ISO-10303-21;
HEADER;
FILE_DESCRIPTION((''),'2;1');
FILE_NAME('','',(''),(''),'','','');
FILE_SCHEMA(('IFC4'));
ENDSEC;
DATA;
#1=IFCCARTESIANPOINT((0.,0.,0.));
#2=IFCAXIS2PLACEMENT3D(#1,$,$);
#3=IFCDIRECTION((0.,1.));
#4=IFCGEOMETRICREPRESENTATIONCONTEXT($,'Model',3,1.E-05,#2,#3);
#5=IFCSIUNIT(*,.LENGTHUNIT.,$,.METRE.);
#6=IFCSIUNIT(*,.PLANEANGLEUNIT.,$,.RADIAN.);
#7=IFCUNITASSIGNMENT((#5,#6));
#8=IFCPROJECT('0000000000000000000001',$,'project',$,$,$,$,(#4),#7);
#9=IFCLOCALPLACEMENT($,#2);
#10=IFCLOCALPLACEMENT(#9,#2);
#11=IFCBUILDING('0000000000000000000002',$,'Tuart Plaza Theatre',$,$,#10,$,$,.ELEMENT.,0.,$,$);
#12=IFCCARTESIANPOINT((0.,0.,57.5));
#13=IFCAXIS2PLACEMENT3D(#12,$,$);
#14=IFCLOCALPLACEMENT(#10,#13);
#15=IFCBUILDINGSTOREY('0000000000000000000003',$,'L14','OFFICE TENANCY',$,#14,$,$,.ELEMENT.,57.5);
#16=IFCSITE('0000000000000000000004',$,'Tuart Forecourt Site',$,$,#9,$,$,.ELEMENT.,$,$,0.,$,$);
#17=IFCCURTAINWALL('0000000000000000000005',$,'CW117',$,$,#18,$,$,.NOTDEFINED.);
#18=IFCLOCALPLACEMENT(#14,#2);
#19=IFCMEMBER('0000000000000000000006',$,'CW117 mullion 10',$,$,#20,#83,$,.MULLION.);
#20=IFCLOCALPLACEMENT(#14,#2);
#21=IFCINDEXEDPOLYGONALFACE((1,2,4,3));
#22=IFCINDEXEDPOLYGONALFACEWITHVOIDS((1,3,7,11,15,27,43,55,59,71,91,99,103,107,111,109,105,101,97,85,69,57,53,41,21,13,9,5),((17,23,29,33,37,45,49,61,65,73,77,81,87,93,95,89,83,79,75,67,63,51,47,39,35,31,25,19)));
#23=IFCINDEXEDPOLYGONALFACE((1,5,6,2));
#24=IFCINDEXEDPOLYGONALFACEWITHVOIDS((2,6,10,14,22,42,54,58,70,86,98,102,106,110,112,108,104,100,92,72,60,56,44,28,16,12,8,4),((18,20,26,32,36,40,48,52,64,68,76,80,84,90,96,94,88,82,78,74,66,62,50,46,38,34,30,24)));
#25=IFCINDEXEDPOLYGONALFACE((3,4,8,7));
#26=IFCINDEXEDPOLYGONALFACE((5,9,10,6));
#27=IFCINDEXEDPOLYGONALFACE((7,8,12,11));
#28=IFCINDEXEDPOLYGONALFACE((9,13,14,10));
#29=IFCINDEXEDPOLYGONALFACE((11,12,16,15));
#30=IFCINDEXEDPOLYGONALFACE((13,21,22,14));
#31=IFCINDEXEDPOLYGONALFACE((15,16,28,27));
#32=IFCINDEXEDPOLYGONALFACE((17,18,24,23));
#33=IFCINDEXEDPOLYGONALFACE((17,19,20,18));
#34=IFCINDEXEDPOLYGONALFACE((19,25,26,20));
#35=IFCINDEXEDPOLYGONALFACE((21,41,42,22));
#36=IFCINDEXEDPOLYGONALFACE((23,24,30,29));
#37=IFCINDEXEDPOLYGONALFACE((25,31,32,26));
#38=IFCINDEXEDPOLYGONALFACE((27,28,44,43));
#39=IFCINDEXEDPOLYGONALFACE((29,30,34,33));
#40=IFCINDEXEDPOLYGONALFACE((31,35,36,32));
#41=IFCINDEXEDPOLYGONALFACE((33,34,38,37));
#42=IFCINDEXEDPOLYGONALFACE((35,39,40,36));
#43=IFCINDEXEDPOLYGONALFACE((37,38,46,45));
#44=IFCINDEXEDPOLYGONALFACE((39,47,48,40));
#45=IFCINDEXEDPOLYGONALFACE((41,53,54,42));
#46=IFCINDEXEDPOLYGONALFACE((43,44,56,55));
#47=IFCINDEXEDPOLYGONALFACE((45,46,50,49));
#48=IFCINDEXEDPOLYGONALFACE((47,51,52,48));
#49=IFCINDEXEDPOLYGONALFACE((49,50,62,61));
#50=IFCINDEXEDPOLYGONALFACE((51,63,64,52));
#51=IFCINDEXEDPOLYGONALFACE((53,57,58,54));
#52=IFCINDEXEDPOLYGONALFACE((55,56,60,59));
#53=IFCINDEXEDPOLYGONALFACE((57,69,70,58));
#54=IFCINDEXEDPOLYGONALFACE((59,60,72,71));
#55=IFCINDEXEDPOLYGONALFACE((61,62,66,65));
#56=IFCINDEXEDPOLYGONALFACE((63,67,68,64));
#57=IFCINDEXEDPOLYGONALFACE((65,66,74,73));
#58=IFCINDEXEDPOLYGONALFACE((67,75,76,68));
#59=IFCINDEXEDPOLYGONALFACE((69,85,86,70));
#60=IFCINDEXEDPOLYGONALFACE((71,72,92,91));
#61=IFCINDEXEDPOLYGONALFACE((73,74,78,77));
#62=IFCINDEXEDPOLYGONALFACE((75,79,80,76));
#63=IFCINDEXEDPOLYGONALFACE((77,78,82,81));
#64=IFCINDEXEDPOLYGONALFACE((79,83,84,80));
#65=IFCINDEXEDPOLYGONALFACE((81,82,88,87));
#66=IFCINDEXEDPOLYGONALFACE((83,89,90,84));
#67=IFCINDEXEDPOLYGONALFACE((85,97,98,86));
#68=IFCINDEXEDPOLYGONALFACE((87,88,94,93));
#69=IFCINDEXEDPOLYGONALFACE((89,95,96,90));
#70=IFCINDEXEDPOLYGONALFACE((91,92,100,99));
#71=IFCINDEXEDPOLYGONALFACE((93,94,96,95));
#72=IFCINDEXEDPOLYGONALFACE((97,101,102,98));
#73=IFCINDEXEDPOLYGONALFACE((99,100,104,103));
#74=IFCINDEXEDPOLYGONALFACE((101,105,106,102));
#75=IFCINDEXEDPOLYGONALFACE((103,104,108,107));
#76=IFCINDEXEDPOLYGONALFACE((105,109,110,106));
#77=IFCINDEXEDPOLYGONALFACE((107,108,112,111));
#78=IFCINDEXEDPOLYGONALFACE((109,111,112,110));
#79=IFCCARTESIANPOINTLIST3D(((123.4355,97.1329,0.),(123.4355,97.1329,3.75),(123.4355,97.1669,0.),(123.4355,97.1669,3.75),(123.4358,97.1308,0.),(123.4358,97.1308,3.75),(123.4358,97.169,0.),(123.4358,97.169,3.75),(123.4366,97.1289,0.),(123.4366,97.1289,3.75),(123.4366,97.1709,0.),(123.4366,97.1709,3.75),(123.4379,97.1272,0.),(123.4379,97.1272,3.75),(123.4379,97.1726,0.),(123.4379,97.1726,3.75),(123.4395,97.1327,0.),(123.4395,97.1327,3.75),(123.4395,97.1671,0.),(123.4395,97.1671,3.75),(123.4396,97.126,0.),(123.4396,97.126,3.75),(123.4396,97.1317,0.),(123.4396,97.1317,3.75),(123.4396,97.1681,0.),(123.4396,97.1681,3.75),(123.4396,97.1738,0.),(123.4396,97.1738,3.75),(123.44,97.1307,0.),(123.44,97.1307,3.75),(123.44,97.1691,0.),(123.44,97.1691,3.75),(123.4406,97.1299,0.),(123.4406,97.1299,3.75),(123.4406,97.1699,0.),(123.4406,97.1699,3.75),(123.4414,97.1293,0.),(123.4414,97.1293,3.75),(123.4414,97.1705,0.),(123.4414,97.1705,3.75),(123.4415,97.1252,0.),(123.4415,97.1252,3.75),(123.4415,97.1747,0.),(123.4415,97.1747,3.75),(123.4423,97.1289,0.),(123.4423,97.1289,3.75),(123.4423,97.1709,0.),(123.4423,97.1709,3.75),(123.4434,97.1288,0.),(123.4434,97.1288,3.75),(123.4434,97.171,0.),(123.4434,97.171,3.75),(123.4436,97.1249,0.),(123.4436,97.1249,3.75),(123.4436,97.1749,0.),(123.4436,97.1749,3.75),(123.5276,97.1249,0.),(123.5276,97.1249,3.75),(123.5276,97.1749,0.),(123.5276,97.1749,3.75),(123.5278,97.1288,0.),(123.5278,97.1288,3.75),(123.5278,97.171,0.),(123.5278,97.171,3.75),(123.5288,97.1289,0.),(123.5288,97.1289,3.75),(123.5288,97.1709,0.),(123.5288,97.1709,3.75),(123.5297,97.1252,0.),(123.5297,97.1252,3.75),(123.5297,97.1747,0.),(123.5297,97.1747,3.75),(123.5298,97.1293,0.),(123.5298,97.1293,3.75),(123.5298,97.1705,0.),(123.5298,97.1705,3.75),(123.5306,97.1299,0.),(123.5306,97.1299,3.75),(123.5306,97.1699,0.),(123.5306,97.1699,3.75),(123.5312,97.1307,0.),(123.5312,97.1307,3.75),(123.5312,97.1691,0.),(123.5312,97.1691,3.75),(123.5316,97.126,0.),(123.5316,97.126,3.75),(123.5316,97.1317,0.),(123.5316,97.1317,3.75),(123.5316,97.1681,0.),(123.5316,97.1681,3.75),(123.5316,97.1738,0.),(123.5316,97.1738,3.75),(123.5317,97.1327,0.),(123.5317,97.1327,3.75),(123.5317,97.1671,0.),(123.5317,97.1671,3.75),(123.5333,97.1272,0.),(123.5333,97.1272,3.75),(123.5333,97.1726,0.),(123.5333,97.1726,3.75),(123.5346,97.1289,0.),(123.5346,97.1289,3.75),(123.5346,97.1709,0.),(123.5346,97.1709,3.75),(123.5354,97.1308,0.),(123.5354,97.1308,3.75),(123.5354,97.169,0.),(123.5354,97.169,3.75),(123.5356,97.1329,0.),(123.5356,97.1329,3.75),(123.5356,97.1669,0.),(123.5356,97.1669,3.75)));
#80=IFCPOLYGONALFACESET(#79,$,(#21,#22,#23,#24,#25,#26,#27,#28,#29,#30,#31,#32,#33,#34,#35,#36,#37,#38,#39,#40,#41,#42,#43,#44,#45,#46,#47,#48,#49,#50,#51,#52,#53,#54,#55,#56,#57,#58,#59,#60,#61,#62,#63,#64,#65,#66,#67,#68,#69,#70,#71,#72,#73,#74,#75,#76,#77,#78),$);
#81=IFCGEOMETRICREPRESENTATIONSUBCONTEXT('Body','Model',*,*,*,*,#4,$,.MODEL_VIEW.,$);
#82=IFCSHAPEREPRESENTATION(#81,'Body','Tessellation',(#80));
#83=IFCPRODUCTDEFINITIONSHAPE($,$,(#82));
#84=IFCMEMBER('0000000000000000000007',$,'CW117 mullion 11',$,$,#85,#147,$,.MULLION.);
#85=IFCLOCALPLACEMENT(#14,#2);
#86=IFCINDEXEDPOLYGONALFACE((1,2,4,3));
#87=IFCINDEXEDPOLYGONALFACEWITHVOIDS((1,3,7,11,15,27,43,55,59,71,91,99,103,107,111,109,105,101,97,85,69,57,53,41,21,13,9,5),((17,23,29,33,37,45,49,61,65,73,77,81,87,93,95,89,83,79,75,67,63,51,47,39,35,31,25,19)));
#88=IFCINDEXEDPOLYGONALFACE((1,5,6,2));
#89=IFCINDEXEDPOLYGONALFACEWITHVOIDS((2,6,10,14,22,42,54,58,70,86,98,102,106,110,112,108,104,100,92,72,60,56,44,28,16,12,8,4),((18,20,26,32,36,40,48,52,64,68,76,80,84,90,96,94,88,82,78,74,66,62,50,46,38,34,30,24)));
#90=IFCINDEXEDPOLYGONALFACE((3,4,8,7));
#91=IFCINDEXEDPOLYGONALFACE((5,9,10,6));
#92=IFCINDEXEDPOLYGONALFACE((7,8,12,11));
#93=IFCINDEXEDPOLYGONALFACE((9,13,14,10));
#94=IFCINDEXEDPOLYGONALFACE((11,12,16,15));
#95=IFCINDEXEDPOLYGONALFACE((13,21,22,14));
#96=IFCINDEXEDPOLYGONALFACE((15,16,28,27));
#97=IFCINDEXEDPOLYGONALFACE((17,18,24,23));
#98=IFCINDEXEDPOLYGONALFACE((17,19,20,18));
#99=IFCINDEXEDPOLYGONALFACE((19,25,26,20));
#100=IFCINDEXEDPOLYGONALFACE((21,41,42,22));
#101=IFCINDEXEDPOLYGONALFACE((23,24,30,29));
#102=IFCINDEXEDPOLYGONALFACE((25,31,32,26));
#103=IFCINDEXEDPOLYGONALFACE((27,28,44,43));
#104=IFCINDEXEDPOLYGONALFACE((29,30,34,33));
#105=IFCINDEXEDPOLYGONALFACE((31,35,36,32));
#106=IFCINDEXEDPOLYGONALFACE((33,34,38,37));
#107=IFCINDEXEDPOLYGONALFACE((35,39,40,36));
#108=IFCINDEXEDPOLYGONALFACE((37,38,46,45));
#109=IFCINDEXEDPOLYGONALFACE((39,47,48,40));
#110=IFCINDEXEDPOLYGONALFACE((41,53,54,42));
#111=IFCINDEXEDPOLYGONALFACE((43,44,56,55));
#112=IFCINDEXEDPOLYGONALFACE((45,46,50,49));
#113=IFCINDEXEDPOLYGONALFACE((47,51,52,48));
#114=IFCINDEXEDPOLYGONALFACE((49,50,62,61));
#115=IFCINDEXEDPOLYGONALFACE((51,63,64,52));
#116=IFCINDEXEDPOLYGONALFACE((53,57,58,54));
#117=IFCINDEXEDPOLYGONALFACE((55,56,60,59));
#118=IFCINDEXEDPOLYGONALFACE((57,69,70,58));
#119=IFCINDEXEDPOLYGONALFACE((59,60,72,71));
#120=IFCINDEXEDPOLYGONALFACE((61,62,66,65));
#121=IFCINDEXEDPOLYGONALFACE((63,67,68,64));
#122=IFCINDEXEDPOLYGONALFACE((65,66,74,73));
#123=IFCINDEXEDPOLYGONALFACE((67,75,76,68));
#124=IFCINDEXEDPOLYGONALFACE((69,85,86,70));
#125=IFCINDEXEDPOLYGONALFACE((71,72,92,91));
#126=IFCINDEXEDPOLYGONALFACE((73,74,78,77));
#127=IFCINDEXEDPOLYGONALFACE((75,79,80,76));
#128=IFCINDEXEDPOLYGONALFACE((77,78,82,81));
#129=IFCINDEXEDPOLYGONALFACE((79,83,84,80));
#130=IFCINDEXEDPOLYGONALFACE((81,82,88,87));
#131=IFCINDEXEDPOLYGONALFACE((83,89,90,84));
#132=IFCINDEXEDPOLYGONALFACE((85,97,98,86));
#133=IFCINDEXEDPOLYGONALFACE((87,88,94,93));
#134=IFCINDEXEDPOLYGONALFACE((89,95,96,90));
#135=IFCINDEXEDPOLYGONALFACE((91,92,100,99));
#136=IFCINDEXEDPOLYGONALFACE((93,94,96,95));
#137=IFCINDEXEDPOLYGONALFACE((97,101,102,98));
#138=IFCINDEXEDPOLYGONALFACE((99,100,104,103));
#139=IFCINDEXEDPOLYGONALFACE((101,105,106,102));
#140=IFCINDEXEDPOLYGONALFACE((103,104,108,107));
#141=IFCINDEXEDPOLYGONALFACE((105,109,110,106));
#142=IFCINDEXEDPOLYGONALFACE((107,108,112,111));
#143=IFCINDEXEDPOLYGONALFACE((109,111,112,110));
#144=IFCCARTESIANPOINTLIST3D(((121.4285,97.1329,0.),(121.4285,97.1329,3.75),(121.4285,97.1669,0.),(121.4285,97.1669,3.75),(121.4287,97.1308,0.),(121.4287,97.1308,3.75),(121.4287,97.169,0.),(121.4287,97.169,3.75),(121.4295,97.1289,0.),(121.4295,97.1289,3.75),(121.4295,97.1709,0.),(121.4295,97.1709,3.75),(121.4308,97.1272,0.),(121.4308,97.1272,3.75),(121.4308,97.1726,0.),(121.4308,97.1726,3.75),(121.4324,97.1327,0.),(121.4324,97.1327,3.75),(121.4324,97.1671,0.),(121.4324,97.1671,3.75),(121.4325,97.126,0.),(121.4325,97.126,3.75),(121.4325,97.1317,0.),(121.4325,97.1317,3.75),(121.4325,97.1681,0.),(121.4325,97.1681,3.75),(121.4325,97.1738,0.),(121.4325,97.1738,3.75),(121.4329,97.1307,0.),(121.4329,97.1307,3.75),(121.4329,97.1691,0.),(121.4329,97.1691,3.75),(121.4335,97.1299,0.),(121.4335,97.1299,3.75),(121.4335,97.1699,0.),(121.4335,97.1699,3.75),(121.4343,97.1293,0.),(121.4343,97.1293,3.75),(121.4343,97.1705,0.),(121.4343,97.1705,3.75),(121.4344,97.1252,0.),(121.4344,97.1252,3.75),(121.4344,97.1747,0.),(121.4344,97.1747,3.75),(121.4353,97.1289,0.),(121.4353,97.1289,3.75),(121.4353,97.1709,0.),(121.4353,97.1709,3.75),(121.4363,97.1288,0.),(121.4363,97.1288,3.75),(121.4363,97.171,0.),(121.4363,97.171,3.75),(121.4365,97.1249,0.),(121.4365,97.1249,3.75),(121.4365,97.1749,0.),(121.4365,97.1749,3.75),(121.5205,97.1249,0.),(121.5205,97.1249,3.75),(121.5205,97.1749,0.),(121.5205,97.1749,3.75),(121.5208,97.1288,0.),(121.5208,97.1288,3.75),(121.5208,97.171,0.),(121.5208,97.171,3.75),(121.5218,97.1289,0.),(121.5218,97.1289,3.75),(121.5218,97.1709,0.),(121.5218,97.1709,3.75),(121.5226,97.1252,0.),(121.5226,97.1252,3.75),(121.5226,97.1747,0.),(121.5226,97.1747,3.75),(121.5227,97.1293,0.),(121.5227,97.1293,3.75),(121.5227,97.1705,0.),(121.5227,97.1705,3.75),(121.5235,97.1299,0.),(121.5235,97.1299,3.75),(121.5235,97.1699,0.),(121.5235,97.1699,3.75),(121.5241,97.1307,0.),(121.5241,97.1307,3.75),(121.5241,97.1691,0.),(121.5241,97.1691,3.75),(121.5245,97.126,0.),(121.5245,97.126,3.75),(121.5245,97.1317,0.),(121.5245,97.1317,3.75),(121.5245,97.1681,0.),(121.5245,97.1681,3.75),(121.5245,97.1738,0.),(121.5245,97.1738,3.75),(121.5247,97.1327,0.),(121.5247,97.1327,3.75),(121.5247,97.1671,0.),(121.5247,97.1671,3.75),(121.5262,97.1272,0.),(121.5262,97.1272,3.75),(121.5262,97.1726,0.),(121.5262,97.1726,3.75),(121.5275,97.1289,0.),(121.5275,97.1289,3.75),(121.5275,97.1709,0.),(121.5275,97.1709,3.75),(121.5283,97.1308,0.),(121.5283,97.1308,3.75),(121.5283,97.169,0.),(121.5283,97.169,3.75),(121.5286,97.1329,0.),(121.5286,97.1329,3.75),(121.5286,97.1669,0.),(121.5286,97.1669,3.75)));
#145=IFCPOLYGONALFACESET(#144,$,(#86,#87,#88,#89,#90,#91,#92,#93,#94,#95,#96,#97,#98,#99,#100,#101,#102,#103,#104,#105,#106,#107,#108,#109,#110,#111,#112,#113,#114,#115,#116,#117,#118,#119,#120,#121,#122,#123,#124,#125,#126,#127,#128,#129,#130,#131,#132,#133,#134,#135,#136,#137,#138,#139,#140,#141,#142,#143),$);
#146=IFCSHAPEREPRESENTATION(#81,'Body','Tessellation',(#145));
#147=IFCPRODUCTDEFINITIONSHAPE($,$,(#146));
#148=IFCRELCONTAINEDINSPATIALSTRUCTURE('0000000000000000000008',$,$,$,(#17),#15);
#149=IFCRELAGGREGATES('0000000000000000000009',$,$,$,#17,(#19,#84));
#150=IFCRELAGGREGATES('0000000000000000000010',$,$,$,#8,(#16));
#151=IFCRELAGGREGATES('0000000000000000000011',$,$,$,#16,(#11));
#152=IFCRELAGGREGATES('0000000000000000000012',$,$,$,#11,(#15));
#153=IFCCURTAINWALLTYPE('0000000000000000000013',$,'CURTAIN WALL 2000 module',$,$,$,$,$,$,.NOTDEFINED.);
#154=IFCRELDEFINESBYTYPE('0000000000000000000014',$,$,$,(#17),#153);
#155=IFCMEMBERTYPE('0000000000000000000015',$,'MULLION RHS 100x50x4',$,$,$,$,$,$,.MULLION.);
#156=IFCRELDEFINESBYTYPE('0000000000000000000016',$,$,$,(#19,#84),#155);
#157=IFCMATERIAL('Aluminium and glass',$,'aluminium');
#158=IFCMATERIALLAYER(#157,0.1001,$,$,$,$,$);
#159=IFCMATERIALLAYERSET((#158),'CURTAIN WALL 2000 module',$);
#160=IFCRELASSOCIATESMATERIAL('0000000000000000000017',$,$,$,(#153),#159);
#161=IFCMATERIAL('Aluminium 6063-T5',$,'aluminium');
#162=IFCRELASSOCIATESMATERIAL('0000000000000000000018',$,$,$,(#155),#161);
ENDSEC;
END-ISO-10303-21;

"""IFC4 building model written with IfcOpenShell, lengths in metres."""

from ifc_helpers import new_model, si_unit, direction, frame, origin, origin_2d, place, context, subcontext, project, spatial, hollow_rectangle, extrude, material, layer, layer_set, material_profile, profile_set, type_object, element, aggregate, save


model = new_model("IFC4")

# Units and contexts
model_context = context("Model", 3, precision=1e-05, world=origin(), true_north=direction((0.0, 1.0)))
body_context = subcontext(model_context, "Body", "Model", "MODEL_VIEW")
ifc_project = project(units=[si_unit("LENGTHUNIT", "METRE"), si_unit("PLANEANGLEUNIT", "RADIAN")], contexts=[model_context])

# Site, building, storey
site_placement = place(None, origin())
site = spatial("IfcSite", under=ifc_project, at=site_placement, Name="Tuart Forecourt Site", CompositionType="ELEMENT", RefElevation=0.0)
building_placement = place(site_placement, origin())
building = spatial("IfcBuilding", under=site, at=building_placement, Name="Tuart Plaza Theatre", CompositionType="ELEMENT", ElevationOfRefHeight=0.0)
storey_placement = place(building_placement, frame((0.0, 0.0, 57.5)))
storey = spatial("IfcBuildingStorey", under=building, at=storey_placement, Name="L14", Description="OFFICE TENANCY", CompositionType="ELEMENT", Elevation=57.5)

# Curtain wall, members
ifc_material_1 = material(Name="Aluminium and glass", Category="aluminium")
ifc_layer_1 = layer(ifc_material_1, 0.1001)
ifc_layer_set_1 = layer_set([ifc_layer_1], Name="CURTAIN WALL 2000 module")
curtain_wall_type = type_object("IfcCurtainWallType", Name="CURTAIN WALL 2000 module", PredefinedType="NOTDEFINED", material=ifc_layer_set_1)
curtain_wall_placement = place(storey_placement, origin())
curtain_wall = element("IfcCurtainWall", 1, at=curtain_wall_placement, inside=storey, type_object=curtain_wall_type, Name="CW117", PredefinedType="NOTDEFINED")
ifc_material_2 = material(Name="Aluminium 6063-T5", Category="aluminium")
ifc_material_profile_1 = material_profile(ifc_material_2, hollow_rectangle(XDim=0.05, YDim=0.1001, WallThickness=0.0039, InnerFilletRadius=0.0039, OuterFilletRadius=0.0081, at=origin_2d()), Name="RHS 100x50x4")
ifc_profile_set_1 = profile_set([ifc_material_profile_1], Name="Aluminium 6063-T5")
member_type_1 = type_object("IfcMemberType", Name="MULLION RHS 100x50x4", PredefinedType="MULLION", material=ifc_profile_set_1)
member_1_placement = place(storey_placement, frame((123.4856, 97.1499, 0.0), z_axis=(0.0, 0.0, 1.0), x_axis=(0.0, -1.0, 0.0)))
member_1 = element("IfcMember", 2, at=member_1_placement, type_object=member_type_1, Name="CW117 mullion 10", PredefinedType="MULLION", context=body_context, shape_type="SweptSolid", body=[
    extrude(hollow_rectangle(XDim=0.05, YDim=0.1001, WallThickness=0.0039, InnerFilletRadius=0.0039, OuterFilletRadius=0.0081, at=origin_2d()), origin(), (0.0, 0.0, 1.0), 3.75),
])
member_2_placement = place(storey_placement, frame((121.4785, 97.1499, 0.0), z_axis=(0.0, 0.0, 1.0), x_axis=(0.0, -1.0, 0.0)))
member_2 = element("IfcMember", 3, at=member_2_placement, type_object=member_type_1, Name="CW117 mullion 11", PredefinedType="MULLION", context=body_context, shape_type="SweptSolid", body=[
    extrude(hollow_rectangle(XDim=0.05, YDim=0.1001, WallThickness=0.0039, InnerFilletRadius=0.0039, OuterFilletRadius=0.0081, at=origin_2d()), origin(), (0.0, 0.0, 1.0), 3.75),
])
aggregate(curtain_wall, [member_1, member_2])

save(model, "model.ifc")
